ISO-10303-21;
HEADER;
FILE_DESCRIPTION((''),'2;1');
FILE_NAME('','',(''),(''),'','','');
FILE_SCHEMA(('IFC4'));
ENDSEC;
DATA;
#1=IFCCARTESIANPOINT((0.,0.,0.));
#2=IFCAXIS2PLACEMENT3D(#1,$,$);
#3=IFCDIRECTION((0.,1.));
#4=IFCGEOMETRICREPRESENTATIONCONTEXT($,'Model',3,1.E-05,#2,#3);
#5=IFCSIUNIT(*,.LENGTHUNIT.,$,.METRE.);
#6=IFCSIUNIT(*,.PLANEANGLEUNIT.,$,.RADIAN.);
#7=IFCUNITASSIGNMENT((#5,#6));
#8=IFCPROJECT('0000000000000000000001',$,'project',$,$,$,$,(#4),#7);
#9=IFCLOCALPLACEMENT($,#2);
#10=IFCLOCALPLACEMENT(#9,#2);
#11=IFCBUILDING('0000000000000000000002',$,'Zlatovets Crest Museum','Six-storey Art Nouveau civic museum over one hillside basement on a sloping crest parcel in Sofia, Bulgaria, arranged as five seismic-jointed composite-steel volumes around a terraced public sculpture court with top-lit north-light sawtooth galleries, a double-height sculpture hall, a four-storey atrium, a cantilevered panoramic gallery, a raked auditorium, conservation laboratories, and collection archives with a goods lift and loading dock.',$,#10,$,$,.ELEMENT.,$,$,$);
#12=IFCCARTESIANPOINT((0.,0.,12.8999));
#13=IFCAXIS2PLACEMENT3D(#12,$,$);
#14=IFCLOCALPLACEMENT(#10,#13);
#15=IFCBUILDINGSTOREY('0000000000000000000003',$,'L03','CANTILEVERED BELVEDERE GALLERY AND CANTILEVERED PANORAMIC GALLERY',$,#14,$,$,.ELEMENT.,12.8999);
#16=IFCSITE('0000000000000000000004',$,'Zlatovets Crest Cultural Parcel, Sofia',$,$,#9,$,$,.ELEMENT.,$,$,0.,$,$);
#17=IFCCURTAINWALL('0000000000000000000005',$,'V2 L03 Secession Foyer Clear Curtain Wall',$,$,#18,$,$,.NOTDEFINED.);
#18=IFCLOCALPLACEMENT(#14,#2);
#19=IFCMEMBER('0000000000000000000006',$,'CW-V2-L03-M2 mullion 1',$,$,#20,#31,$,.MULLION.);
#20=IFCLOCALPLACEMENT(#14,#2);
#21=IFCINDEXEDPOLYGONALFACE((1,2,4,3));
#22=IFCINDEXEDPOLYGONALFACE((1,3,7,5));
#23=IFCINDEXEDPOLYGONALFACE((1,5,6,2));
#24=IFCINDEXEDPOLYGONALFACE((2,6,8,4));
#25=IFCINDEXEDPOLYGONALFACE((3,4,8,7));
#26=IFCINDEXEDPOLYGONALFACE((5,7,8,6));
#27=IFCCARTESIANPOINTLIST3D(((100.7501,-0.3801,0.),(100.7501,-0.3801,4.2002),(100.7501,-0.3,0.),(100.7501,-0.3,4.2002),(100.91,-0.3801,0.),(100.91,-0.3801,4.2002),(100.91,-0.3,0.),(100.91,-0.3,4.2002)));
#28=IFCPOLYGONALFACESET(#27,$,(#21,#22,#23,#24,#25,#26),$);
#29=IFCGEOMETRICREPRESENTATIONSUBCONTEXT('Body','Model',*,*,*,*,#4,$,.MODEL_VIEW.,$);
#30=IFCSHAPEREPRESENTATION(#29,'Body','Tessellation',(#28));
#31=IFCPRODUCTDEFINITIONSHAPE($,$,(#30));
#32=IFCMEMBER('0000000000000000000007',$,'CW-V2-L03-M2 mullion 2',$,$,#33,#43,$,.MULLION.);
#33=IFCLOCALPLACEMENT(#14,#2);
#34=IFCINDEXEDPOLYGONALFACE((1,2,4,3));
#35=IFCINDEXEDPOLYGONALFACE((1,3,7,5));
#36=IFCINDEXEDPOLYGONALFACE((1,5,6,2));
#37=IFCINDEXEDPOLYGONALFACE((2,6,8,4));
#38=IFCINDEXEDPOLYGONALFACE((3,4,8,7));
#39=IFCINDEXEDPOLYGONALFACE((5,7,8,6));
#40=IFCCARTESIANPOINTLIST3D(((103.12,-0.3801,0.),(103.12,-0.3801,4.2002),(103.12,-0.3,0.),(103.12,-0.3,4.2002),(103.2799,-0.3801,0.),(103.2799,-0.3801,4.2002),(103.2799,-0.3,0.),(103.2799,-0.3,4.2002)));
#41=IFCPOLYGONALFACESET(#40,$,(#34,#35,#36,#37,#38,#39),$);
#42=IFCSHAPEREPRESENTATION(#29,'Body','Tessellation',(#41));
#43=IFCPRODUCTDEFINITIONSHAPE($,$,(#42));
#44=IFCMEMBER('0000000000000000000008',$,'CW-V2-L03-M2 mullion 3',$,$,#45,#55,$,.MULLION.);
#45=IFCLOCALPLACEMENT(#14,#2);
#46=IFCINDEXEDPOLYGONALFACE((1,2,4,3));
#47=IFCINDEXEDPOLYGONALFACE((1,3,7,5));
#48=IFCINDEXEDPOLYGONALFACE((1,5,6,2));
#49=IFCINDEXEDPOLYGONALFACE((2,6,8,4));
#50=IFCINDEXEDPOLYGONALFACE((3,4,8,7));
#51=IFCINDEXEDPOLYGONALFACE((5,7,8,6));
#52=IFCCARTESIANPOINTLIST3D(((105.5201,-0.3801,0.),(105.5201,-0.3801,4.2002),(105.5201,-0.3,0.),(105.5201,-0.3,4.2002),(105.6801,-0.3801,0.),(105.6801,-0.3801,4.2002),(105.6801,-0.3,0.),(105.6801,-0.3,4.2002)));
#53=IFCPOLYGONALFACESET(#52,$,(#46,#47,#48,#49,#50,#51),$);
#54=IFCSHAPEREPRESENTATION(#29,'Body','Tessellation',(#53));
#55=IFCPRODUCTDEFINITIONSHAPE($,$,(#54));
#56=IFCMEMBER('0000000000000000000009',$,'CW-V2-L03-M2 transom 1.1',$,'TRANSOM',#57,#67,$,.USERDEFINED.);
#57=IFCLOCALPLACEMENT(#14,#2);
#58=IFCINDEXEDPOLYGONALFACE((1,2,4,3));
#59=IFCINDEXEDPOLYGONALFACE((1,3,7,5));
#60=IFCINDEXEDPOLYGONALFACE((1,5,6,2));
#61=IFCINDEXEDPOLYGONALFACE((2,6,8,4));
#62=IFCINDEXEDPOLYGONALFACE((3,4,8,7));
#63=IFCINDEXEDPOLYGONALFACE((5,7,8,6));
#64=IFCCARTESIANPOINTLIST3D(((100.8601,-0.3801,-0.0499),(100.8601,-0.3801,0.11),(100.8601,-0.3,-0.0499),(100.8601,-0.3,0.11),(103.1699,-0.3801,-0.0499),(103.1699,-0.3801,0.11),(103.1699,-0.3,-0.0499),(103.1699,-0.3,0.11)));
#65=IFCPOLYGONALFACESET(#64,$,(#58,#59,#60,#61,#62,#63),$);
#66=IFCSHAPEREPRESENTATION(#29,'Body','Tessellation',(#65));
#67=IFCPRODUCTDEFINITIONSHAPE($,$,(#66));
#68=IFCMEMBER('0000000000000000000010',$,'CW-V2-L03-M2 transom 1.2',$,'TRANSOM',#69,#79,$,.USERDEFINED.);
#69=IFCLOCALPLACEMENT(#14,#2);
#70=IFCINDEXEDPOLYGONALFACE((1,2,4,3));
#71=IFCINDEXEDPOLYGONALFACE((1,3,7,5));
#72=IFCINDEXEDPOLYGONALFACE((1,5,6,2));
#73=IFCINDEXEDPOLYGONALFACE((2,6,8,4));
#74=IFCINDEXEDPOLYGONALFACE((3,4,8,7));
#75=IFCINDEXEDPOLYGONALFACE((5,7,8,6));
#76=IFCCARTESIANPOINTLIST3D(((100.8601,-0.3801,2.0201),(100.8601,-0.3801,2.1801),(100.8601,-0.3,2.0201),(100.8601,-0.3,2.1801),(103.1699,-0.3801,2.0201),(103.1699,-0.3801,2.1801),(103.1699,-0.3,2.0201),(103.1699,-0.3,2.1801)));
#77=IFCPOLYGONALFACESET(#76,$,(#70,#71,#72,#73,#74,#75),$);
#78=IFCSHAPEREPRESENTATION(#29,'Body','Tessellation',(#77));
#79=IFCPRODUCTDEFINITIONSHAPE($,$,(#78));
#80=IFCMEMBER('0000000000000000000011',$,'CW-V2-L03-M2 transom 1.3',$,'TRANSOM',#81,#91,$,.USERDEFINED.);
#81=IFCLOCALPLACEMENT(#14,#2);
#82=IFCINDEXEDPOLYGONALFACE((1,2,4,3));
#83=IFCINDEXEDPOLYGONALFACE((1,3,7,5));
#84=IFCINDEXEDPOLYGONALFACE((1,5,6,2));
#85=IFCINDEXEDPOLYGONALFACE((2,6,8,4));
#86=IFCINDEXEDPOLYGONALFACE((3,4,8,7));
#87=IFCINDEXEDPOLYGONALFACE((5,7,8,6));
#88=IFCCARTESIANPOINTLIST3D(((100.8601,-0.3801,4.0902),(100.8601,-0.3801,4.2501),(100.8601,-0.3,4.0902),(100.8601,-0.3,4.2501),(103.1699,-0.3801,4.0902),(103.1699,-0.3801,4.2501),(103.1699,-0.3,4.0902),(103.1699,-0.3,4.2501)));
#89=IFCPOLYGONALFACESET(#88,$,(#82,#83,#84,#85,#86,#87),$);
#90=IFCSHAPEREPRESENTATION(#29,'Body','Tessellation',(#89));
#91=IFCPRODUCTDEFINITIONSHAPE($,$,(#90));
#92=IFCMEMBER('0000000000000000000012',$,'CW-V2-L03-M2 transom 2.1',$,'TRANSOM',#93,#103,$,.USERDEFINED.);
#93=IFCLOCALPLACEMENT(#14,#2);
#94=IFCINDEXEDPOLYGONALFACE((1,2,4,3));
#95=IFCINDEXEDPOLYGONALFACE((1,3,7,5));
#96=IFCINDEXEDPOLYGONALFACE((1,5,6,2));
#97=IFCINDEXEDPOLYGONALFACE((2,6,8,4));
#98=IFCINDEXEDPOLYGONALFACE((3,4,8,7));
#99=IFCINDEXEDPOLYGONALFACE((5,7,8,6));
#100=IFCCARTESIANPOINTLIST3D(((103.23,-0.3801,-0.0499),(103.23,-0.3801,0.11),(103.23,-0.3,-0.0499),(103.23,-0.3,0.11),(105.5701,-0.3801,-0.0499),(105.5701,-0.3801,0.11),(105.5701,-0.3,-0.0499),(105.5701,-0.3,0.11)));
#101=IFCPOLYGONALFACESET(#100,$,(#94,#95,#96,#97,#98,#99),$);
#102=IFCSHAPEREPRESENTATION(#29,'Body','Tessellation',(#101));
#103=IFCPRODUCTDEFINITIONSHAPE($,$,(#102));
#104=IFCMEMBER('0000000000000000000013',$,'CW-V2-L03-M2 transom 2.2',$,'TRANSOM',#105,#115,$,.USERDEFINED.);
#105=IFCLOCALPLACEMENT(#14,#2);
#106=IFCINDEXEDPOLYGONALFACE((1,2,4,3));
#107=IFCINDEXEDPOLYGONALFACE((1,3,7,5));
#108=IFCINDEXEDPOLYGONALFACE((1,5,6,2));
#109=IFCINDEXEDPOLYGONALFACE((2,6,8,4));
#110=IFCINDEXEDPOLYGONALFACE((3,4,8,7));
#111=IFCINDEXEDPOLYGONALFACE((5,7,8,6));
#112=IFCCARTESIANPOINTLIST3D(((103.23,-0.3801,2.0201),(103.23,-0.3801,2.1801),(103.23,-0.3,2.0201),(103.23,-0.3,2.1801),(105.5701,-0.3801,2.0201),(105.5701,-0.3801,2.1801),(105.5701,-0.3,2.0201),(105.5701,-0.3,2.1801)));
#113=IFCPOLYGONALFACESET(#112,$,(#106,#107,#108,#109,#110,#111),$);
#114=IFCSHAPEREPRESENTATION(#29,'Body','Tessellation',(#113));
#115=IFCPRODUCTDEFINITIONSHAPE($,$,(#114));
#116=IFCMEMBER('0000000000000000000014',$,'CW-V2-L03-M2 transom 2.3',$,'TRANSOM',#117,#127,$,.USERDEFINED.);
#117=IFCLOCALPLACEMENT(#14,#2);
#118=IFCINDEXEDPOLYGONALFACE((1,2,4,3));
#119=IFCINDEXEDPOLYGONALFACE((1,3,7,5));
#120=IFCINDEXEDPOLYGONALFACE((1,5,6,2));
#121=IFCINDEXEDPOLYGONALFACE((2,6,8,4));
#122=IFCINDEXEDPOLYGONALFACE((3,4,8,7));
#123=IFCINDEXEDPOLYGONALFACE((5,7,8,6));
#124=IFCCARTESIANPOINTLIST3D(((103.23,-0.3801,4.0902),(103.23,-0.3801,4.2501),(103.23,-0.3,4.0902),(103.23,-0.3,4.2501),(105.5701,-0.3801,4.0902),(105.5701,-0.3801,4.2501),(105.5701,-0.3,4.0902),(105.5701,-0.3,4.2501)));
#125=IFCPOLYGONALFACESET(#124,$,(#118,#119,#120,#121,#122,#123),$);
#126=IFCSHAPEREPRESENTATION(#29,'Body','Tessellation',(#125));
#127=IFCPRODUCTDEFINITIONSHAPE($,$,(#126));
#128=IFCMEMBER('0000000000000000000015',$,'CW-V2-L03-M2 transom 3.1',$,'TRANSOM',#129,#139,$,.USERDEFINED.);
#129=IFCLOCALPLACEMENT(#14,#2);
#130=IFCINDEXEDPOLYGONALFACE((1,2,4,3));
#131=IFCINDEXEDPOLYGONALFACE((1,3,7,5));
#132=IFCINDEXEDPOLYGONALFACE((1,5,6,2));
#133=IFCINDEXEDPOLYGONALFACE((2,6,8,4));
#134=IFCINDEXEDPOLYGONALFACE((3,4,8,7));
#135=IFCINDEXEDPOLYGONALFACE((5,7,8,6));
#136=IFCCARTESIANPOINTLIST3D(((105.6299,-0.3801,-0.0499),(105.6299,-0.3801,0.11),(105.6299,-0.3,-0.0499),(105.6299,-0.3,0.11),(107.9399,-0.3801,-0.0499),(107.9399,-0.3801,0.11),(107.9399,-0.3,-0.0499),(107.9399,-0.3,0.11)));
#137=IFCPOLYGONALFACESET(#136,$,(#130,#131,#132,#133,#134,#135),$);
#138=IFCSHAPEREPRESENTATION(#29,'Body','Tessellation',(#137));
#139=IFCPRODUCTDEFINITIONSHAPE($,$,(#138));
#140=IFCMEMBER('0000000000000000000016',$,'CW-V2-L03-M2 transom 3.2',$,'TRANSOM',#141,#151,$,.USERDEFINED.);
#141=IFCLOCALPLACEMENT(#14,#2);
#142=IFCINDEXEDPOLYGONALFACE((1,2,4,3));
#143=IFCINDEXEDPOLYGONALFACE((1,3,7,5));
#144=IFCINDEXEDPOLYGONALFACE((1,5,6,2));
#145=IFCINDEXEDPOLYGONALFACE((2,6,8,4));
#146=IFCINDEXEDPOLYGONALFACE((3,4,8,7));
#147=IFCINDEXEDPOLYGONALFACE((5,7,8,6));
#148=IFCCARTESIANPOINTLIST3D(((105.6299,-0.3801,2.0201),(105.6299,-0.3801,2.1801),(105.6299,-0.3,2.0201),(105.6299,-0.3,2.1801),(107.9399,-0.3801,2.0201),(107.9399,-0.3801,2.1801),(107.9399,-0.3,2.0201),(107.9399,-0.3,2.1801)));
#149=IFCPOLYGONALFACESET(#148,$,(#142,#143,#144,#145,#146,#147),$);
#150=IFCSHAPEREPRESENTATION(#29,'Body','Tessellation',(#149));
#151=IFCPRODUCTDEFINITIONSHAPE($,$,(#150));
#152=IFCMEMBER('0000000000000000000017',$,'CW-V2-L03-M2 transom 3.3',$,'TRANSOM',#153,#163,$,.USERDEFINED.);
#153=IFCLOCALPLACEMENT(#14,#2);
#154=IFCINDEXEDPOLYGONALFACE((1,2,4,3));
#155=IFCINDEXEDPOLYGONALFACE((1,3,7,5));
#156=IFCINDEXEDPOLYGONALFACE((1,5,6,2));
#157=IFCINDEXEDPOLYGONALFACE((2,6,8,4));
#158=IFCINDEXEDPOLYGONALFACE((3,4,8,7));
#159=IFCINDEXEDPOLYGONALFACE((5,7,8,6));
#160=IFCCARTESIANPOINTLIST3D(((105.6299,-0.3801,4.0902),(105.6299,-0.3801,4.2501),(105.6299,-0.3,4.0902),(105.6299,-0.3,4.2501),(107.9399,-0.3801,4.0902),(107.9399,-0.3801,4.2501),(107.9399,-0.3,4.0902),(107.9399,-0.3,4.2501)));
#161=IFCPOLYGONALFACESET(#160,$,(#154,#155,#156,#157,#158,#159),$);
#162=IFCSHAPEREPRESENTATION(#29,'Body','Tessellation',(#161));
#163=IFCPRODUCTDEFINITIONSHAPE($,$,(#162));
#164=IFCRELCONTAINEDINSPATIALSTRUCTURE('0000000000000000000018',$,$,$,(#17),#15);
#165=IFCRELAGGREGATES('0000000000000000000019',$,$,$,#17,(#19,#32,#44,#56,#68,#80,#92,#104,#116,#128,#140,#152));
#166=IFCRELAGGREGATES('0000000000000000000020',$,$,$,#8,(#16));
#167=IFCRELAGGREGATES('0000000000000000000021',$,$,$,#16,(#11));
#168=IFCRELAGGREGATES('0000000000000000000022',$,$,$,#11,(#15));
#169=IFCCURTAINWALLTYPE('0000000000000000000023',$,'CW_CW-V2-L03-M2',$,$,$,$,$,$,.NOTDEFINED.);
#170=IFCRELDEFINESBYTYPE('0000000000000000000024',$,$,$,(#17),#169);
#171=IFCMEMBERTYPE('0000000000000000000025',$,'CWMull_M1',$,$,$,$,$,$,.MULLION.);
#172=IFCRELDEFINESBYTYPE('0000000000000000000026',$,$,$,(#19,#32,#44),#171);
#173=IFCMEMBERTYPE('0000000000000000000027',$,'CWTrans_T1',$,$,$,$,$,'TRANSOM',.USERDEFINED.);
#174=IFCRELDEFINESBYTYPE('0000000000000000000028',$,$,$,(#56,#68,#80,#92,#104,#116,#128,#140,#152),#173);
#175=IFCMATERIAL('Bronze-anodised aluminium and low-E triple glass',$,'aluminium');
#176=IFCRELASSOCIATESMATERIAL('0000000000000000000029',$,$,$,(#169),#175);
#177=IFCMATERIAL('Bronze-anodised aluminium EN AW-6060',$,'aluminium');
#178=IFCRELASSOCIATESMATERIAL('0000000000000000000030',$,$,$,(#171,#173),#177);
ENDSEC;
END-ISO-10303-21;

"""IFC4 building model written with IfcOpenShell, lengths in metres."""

from ifc_helpers import new_model, si_unit, direction, frame, origin, origin_2d, place, context, subcontext, project, spatial, rectangle, extrude, material, material_profile, profile_set, type_object, element, aggregate, save


model = new_model("IFC4")

# Units and contexts
model_context = context("Model", 3, precision=1e-05, world=origin(), true_north=direction((0.0, 1.0)))
body_context = subcontext(model_context, "Body", "Model", "MODEL_VIEW")
ifc_project = project(units=[si_unit("LENGTHUNIT", "METRE"), si_unit("PLANEANGLEUNIT", "RADIAN")], contexts=[model_context])

# Site, building, storey
site_placement = place(None, origin())
site = spatial("IfcSite", under=ifc_project, at=site_placement, Name="Zlatovets Crest Cultural Parcel, Sofia", CompositionType="ELEMENT", RefElevation=0.0)
building_placement = place(site_placement, origin())
building = spatial("IfcBuilding", under=site, at=building_placement, Name="Zlatovets Crest Museum", Description="Six-storey Art Nouveau civic museum over one hillside basement on a sloping crest parcel in Sofia, Bulgaria, arranged as five seismic-jointed composite-steel volumes around a terraced public sculpture court with top-lit north-light sawtooth galleries, a double-height sculpture hall, a four-storey atrium, a cantilevered panoramic gallery, a raked auditorium, conservation laboratories, and collection archives with a goods lift and loading dock.", CompositionType="ELEMENT")
storey_placement = place(building_placement, frame((0.0, 0.0, 12.8999)))
storey = spatial("IfcBuildingStorey", under=building, at=storey_placement, Name="L03", Description="CANTILEVERED BELVEDERE GALLERY AND CANTILEVERED PANORAMIC GALLERY", CompositionType="ELEMENT", Elevation=12.8999)

# Curtain wall, members
ifc_material_1 = material(Name="Bronze-anodised aluminium and low-E triple glass", Category="aluminium")
curtain_wall_type = type_object("IfcCurtainWallType", Name="CW_CW-V2-L03-M2", PredefinedType="NOTDEFINED", material=ifc_material_1)
curtain_wall_placement = place(storey_placement, origin())
curtain_wall = element("IfcCurtainWall", 1, at=curtain_wall_placement, inside=storey, type_object=curtain_wall_type, Name="V2 L03 Secession Foyer Clear Curtain Wall", PredefinedType="NOTDEFINED")
ifc_material_2 = material(Name="Bronze-anodised aluminium EN AW-6060", Category="aluminium")
ifc_material_profile_1 = material_profile(ifc_material_2, rectangle(XDim=0.0801, YDim=0.1599, at=origin_2d()), Name="ALU 80x160")
ifc_profile_set_1 = profile_set([ifc_material_profile_1], Name="Bronze-anodised aluminium EN AW-6060")
member_type_1 = type_object("IfcMemberType", Name="CWMull_M1", PredefinedType="MULLION", material=ifc_profile_set_1)
member_1_placement = place(storey_placement, frame((100.8301, -0.3401, 0.0), z_axis=(0.0, 0.0, 1.0), x_axis=(0.0, 1.0, 0.0)))
member_1 = element("IfcMember", 2, at=member_1_placement, type_object=member_type_1, Name="CW-V2-L03-M2 mullion 1", PredefinedType="MULLION", context=body_context, shape_type="SweptSolid", body=[
    extrude(rectangle(XDim=0.0801, YDim=0.1599, at=origin_2d()), origin(), (0.0, 0.0, 1.0), 4.2002),
])
member_2_placement = place(storey_placement, frame((103.2, -0.3401, 0.0), z_axis=(0.0, 0.0, 1.0), x_axis=(0.0, 1.0, 0.0)))
member_2 = element("IfcMember", 3, at=member_2_placement, type_object=member_type_1, Name="CW-V2-L03-M2 mullion 2", PredefinedType="MULLION", context=body_context, shape_type="SweptSolid", body=[
    extrude(rectangle(XDim=0.0801, YDim=0.1599, at=origin_2d()), origin(), (0.0, 0.0, 1.0), 4.2002),
])
member_3_placement = place(storey_placement, frame((105.6001, -0.3401, 0.0), z_axis=(0.0, 0.0, 1.0), x_axis=(0.0, 1.0, 0.0)))
member_3 = element("IfcMember", 4, at=member_3_placement, type_object=member_type_1, Name="CW-V2-L03-M2 mullion 3", PredefinedType="MULLION", context=body_context, shape_type="SweptSolid", body=[
    extrude(rectangle(XDim=0.0801, YDim=0.1599, at=origin_2d()), origin(), (0.0, 0.0, 1.0), 4.2002),
])
ifc_material_profile_2 = material_profile(ifc_material_2, rectangle(XDim=0.0801, YDim=0.1599, at=origin_2d()), Name="ALU 80x160")
ifc_profile_set_2 = profile_set([ifc_material_profile_2], Name="Bronze-anodised aluminium EN AW-6060")
member_type_2 = type_object("IfcMemberType", Name="CWTrans_T1", ElementType="TRANSOM", PredefinedType="USERDEFINED", material=ifc_profile_set_2)
member_4_placement = place(storey_placement, frame((100.8601, -0.3401, 0.03), z_axis=(1.0, 0.0, 0.0), x_axis=(0.0, 1.0, 0.0)))
member_4 = element("IfcMember", 5, at=member_4_placement, type_object=member_type_2, Name="CW-V2-L03-M2 transom 1.1", ObjectType="TRANSOM", PredefinedType="USERDEFINED", context=body_context, shape_type="SweptSolid", body=[
    extrude(rectangle(XDim=0.0801, YDim=0.1599, at=origin_2d()), origin(), (0.0, 0.0, 1.0), 2.3098),
])
member_5_placement = place(storey_placement, frame((100.8601, -0.3401, 2.1001), z_axis=(1.0, 0.0, 0.0), x_axis=(0.0, 1.0, 0.0)))
member_5 = element("IfcMember", 6, at=member_5_placement, type_object=member_type_2, Name="CW-V2-L03-M2 transom 1.2", ObjectType="TRANSOM", PredefinedType="USERDEFINED", context=body_context, shape_type="SweptSolid", body=[
    extrude(rectangle(XDim=0.0801, YDim=0.1599, at=origin_2d()), origin(), (0.0, 0.0, 1.0), 2.3098),
])
member_6_placement = place(storey_placement, frame((100.8601, -0.3401, 4.1702), z_axis=(1.0, 0.0, 0.0), x_axis=(0.0, 1.0, 0.0)))
member_6 = element("IfcMember", 7, at=member_6_placement, type_object=member_type_2, Name="CW-V2-L03-M2 transom 1.3", ObjectType="TRANSOM", PredefinedType="USERDEFINED", context=body_context, shape_type="SweptSolid", body=[
    extrude(rectangle(XDim=0.0801, YDim=0.1599, at=origin_2d()), origin(), (0.0, 0.0, 1.0), 2.3098),
])
member_7_placement = place(storey_placement, frame((103.23, -0.3401, 0.03), z_axis=(1.0, 0.0, 0.0), x_axis=(0.0, 1.0, 0.0)))
member_7 = element("IfcMember", 8, at=member_7_placement, type_object=member_type_2, Name="CW-V2-L03-M2 transom 2.1", ObjectType="TRANSOM", PredefinedType="USERDEFINED", context=body_context, shape_type="SweptSolid", body=[
    extrude(rectangle(XDim=0.0801, YDim=0.1599, at=origin_2d()), origin(), (0.0, 0.0, 1.0), 2.3401),
])
member_8_placement = place(storey_placement, frame((103.23, -0.3401, 2.1001), z_axis=(1.0, 0.0, 0.0), x_axis=(0.0, 1.0, 0.0)))
member_8 = element("IfcMember", 9, at=member_8_placement, type_object=member_type_2, Name="CW-V2-L03-M2 transom 2.2", ObjectType="TRANSOM", PredefinedType="USERDEFINED", context=body_context, shape_type="SweptSolid", body=[
    extrude(rectangle(XDim=0.0801, YDim=0.1599, at=origin_2d()), origin(), (0.0, 0.0, 1.0), 2.3401),
])
member_9_placement = place(storey_placement, frame((103.23, -0.3401, 4.1702), z_axis=(1.0, 0.0, 0.0), x_axis=(0.0, 1.0, 0.0)))
member_9 = element("IfcMember", 10, at=member_9_placement, type_object=member_type_2, Name="CW-V2-L03-M2 transom 2.3", ObjectType="TRANSOM", PredefinedType="USERDEFINED", context=body_context, shape_type="SweptSolid", body=[
    extrude(rectangle(XDim=0.0801, YDim=0.1599, at=origin_2d()), origin(), (0.0, 0.0, 1.0), 2.3401),
])
member_10_placement = place(storey_placement, frame((105.6299, -0.3401, 0.03), z_axis=(1.0, 0.0, 0.0), x_axis=(0.0, 1.0, 0.0)))
member_10 = element("IfcMember", 11, at=member_10_placement, type_object=member_type_2, Name="CW-V2-L03-M2 transom 3.1", ObjectType="TRANSOM", PredefinedType="USERDEFINED", context=body_context, shape_type="SweptSolid", body=[
    extrude(rectangle(XDim=0.0801, YDim=0.1599, at=origin_2d()), origin(), (0.0, 0.0, 1.0), 2.3101),
])
member_11_placement = place(storey_placement, frame((105.6299, -0.3401, 2.1001), z_axis=(1.0, 0.0, 0.0), x_axis=(0.0, 1.0, 0.0)))
member_11 = element("IfcMember", 12, at=member_11_placement, type_object=member_type_2, Name="CW-V2-L03-M2 transom 3.2", ObjectType="TRANSOM", PredefinedType="USERDEFINED", context=body_context, shape_type="SweptSolid", body=[
    extrude(rectangle(XDim=0.0801, YDim=0.1599, at=origin_2d()), origin(), (0.0, 0.0, 1.0), 2.3101),
])
member_12_placement = place(storey_placement, frame((105.6299, -0.3401, 4.1702), z_axis=(1.0, 0.0, 0.0), x_axis=(0.0, 1.0, 0.0)))
member_12 = element("IfcMember", 13, at=member_12_placement, type_object=member_type_2, Name="CW-V2-L03-M2 transom 3.3", ObjectType="TRANSOM", PredefinedType="USERDEFINED", context=body_context, shape_type="SweptSolid", body=[
    extrude(rectangle(XDim=0.0801, YDim=0.1599, at=origin_2d()), origin(), (0.0, 0.0, 1.0), 2.3101),
])

aggregate(curtain_wall, [member_1, member_2, member_3, member_4, member_5, member_6, member_7, member_8, member_9, member_10, member_11, member_12])

save(model, "model.ifc")
